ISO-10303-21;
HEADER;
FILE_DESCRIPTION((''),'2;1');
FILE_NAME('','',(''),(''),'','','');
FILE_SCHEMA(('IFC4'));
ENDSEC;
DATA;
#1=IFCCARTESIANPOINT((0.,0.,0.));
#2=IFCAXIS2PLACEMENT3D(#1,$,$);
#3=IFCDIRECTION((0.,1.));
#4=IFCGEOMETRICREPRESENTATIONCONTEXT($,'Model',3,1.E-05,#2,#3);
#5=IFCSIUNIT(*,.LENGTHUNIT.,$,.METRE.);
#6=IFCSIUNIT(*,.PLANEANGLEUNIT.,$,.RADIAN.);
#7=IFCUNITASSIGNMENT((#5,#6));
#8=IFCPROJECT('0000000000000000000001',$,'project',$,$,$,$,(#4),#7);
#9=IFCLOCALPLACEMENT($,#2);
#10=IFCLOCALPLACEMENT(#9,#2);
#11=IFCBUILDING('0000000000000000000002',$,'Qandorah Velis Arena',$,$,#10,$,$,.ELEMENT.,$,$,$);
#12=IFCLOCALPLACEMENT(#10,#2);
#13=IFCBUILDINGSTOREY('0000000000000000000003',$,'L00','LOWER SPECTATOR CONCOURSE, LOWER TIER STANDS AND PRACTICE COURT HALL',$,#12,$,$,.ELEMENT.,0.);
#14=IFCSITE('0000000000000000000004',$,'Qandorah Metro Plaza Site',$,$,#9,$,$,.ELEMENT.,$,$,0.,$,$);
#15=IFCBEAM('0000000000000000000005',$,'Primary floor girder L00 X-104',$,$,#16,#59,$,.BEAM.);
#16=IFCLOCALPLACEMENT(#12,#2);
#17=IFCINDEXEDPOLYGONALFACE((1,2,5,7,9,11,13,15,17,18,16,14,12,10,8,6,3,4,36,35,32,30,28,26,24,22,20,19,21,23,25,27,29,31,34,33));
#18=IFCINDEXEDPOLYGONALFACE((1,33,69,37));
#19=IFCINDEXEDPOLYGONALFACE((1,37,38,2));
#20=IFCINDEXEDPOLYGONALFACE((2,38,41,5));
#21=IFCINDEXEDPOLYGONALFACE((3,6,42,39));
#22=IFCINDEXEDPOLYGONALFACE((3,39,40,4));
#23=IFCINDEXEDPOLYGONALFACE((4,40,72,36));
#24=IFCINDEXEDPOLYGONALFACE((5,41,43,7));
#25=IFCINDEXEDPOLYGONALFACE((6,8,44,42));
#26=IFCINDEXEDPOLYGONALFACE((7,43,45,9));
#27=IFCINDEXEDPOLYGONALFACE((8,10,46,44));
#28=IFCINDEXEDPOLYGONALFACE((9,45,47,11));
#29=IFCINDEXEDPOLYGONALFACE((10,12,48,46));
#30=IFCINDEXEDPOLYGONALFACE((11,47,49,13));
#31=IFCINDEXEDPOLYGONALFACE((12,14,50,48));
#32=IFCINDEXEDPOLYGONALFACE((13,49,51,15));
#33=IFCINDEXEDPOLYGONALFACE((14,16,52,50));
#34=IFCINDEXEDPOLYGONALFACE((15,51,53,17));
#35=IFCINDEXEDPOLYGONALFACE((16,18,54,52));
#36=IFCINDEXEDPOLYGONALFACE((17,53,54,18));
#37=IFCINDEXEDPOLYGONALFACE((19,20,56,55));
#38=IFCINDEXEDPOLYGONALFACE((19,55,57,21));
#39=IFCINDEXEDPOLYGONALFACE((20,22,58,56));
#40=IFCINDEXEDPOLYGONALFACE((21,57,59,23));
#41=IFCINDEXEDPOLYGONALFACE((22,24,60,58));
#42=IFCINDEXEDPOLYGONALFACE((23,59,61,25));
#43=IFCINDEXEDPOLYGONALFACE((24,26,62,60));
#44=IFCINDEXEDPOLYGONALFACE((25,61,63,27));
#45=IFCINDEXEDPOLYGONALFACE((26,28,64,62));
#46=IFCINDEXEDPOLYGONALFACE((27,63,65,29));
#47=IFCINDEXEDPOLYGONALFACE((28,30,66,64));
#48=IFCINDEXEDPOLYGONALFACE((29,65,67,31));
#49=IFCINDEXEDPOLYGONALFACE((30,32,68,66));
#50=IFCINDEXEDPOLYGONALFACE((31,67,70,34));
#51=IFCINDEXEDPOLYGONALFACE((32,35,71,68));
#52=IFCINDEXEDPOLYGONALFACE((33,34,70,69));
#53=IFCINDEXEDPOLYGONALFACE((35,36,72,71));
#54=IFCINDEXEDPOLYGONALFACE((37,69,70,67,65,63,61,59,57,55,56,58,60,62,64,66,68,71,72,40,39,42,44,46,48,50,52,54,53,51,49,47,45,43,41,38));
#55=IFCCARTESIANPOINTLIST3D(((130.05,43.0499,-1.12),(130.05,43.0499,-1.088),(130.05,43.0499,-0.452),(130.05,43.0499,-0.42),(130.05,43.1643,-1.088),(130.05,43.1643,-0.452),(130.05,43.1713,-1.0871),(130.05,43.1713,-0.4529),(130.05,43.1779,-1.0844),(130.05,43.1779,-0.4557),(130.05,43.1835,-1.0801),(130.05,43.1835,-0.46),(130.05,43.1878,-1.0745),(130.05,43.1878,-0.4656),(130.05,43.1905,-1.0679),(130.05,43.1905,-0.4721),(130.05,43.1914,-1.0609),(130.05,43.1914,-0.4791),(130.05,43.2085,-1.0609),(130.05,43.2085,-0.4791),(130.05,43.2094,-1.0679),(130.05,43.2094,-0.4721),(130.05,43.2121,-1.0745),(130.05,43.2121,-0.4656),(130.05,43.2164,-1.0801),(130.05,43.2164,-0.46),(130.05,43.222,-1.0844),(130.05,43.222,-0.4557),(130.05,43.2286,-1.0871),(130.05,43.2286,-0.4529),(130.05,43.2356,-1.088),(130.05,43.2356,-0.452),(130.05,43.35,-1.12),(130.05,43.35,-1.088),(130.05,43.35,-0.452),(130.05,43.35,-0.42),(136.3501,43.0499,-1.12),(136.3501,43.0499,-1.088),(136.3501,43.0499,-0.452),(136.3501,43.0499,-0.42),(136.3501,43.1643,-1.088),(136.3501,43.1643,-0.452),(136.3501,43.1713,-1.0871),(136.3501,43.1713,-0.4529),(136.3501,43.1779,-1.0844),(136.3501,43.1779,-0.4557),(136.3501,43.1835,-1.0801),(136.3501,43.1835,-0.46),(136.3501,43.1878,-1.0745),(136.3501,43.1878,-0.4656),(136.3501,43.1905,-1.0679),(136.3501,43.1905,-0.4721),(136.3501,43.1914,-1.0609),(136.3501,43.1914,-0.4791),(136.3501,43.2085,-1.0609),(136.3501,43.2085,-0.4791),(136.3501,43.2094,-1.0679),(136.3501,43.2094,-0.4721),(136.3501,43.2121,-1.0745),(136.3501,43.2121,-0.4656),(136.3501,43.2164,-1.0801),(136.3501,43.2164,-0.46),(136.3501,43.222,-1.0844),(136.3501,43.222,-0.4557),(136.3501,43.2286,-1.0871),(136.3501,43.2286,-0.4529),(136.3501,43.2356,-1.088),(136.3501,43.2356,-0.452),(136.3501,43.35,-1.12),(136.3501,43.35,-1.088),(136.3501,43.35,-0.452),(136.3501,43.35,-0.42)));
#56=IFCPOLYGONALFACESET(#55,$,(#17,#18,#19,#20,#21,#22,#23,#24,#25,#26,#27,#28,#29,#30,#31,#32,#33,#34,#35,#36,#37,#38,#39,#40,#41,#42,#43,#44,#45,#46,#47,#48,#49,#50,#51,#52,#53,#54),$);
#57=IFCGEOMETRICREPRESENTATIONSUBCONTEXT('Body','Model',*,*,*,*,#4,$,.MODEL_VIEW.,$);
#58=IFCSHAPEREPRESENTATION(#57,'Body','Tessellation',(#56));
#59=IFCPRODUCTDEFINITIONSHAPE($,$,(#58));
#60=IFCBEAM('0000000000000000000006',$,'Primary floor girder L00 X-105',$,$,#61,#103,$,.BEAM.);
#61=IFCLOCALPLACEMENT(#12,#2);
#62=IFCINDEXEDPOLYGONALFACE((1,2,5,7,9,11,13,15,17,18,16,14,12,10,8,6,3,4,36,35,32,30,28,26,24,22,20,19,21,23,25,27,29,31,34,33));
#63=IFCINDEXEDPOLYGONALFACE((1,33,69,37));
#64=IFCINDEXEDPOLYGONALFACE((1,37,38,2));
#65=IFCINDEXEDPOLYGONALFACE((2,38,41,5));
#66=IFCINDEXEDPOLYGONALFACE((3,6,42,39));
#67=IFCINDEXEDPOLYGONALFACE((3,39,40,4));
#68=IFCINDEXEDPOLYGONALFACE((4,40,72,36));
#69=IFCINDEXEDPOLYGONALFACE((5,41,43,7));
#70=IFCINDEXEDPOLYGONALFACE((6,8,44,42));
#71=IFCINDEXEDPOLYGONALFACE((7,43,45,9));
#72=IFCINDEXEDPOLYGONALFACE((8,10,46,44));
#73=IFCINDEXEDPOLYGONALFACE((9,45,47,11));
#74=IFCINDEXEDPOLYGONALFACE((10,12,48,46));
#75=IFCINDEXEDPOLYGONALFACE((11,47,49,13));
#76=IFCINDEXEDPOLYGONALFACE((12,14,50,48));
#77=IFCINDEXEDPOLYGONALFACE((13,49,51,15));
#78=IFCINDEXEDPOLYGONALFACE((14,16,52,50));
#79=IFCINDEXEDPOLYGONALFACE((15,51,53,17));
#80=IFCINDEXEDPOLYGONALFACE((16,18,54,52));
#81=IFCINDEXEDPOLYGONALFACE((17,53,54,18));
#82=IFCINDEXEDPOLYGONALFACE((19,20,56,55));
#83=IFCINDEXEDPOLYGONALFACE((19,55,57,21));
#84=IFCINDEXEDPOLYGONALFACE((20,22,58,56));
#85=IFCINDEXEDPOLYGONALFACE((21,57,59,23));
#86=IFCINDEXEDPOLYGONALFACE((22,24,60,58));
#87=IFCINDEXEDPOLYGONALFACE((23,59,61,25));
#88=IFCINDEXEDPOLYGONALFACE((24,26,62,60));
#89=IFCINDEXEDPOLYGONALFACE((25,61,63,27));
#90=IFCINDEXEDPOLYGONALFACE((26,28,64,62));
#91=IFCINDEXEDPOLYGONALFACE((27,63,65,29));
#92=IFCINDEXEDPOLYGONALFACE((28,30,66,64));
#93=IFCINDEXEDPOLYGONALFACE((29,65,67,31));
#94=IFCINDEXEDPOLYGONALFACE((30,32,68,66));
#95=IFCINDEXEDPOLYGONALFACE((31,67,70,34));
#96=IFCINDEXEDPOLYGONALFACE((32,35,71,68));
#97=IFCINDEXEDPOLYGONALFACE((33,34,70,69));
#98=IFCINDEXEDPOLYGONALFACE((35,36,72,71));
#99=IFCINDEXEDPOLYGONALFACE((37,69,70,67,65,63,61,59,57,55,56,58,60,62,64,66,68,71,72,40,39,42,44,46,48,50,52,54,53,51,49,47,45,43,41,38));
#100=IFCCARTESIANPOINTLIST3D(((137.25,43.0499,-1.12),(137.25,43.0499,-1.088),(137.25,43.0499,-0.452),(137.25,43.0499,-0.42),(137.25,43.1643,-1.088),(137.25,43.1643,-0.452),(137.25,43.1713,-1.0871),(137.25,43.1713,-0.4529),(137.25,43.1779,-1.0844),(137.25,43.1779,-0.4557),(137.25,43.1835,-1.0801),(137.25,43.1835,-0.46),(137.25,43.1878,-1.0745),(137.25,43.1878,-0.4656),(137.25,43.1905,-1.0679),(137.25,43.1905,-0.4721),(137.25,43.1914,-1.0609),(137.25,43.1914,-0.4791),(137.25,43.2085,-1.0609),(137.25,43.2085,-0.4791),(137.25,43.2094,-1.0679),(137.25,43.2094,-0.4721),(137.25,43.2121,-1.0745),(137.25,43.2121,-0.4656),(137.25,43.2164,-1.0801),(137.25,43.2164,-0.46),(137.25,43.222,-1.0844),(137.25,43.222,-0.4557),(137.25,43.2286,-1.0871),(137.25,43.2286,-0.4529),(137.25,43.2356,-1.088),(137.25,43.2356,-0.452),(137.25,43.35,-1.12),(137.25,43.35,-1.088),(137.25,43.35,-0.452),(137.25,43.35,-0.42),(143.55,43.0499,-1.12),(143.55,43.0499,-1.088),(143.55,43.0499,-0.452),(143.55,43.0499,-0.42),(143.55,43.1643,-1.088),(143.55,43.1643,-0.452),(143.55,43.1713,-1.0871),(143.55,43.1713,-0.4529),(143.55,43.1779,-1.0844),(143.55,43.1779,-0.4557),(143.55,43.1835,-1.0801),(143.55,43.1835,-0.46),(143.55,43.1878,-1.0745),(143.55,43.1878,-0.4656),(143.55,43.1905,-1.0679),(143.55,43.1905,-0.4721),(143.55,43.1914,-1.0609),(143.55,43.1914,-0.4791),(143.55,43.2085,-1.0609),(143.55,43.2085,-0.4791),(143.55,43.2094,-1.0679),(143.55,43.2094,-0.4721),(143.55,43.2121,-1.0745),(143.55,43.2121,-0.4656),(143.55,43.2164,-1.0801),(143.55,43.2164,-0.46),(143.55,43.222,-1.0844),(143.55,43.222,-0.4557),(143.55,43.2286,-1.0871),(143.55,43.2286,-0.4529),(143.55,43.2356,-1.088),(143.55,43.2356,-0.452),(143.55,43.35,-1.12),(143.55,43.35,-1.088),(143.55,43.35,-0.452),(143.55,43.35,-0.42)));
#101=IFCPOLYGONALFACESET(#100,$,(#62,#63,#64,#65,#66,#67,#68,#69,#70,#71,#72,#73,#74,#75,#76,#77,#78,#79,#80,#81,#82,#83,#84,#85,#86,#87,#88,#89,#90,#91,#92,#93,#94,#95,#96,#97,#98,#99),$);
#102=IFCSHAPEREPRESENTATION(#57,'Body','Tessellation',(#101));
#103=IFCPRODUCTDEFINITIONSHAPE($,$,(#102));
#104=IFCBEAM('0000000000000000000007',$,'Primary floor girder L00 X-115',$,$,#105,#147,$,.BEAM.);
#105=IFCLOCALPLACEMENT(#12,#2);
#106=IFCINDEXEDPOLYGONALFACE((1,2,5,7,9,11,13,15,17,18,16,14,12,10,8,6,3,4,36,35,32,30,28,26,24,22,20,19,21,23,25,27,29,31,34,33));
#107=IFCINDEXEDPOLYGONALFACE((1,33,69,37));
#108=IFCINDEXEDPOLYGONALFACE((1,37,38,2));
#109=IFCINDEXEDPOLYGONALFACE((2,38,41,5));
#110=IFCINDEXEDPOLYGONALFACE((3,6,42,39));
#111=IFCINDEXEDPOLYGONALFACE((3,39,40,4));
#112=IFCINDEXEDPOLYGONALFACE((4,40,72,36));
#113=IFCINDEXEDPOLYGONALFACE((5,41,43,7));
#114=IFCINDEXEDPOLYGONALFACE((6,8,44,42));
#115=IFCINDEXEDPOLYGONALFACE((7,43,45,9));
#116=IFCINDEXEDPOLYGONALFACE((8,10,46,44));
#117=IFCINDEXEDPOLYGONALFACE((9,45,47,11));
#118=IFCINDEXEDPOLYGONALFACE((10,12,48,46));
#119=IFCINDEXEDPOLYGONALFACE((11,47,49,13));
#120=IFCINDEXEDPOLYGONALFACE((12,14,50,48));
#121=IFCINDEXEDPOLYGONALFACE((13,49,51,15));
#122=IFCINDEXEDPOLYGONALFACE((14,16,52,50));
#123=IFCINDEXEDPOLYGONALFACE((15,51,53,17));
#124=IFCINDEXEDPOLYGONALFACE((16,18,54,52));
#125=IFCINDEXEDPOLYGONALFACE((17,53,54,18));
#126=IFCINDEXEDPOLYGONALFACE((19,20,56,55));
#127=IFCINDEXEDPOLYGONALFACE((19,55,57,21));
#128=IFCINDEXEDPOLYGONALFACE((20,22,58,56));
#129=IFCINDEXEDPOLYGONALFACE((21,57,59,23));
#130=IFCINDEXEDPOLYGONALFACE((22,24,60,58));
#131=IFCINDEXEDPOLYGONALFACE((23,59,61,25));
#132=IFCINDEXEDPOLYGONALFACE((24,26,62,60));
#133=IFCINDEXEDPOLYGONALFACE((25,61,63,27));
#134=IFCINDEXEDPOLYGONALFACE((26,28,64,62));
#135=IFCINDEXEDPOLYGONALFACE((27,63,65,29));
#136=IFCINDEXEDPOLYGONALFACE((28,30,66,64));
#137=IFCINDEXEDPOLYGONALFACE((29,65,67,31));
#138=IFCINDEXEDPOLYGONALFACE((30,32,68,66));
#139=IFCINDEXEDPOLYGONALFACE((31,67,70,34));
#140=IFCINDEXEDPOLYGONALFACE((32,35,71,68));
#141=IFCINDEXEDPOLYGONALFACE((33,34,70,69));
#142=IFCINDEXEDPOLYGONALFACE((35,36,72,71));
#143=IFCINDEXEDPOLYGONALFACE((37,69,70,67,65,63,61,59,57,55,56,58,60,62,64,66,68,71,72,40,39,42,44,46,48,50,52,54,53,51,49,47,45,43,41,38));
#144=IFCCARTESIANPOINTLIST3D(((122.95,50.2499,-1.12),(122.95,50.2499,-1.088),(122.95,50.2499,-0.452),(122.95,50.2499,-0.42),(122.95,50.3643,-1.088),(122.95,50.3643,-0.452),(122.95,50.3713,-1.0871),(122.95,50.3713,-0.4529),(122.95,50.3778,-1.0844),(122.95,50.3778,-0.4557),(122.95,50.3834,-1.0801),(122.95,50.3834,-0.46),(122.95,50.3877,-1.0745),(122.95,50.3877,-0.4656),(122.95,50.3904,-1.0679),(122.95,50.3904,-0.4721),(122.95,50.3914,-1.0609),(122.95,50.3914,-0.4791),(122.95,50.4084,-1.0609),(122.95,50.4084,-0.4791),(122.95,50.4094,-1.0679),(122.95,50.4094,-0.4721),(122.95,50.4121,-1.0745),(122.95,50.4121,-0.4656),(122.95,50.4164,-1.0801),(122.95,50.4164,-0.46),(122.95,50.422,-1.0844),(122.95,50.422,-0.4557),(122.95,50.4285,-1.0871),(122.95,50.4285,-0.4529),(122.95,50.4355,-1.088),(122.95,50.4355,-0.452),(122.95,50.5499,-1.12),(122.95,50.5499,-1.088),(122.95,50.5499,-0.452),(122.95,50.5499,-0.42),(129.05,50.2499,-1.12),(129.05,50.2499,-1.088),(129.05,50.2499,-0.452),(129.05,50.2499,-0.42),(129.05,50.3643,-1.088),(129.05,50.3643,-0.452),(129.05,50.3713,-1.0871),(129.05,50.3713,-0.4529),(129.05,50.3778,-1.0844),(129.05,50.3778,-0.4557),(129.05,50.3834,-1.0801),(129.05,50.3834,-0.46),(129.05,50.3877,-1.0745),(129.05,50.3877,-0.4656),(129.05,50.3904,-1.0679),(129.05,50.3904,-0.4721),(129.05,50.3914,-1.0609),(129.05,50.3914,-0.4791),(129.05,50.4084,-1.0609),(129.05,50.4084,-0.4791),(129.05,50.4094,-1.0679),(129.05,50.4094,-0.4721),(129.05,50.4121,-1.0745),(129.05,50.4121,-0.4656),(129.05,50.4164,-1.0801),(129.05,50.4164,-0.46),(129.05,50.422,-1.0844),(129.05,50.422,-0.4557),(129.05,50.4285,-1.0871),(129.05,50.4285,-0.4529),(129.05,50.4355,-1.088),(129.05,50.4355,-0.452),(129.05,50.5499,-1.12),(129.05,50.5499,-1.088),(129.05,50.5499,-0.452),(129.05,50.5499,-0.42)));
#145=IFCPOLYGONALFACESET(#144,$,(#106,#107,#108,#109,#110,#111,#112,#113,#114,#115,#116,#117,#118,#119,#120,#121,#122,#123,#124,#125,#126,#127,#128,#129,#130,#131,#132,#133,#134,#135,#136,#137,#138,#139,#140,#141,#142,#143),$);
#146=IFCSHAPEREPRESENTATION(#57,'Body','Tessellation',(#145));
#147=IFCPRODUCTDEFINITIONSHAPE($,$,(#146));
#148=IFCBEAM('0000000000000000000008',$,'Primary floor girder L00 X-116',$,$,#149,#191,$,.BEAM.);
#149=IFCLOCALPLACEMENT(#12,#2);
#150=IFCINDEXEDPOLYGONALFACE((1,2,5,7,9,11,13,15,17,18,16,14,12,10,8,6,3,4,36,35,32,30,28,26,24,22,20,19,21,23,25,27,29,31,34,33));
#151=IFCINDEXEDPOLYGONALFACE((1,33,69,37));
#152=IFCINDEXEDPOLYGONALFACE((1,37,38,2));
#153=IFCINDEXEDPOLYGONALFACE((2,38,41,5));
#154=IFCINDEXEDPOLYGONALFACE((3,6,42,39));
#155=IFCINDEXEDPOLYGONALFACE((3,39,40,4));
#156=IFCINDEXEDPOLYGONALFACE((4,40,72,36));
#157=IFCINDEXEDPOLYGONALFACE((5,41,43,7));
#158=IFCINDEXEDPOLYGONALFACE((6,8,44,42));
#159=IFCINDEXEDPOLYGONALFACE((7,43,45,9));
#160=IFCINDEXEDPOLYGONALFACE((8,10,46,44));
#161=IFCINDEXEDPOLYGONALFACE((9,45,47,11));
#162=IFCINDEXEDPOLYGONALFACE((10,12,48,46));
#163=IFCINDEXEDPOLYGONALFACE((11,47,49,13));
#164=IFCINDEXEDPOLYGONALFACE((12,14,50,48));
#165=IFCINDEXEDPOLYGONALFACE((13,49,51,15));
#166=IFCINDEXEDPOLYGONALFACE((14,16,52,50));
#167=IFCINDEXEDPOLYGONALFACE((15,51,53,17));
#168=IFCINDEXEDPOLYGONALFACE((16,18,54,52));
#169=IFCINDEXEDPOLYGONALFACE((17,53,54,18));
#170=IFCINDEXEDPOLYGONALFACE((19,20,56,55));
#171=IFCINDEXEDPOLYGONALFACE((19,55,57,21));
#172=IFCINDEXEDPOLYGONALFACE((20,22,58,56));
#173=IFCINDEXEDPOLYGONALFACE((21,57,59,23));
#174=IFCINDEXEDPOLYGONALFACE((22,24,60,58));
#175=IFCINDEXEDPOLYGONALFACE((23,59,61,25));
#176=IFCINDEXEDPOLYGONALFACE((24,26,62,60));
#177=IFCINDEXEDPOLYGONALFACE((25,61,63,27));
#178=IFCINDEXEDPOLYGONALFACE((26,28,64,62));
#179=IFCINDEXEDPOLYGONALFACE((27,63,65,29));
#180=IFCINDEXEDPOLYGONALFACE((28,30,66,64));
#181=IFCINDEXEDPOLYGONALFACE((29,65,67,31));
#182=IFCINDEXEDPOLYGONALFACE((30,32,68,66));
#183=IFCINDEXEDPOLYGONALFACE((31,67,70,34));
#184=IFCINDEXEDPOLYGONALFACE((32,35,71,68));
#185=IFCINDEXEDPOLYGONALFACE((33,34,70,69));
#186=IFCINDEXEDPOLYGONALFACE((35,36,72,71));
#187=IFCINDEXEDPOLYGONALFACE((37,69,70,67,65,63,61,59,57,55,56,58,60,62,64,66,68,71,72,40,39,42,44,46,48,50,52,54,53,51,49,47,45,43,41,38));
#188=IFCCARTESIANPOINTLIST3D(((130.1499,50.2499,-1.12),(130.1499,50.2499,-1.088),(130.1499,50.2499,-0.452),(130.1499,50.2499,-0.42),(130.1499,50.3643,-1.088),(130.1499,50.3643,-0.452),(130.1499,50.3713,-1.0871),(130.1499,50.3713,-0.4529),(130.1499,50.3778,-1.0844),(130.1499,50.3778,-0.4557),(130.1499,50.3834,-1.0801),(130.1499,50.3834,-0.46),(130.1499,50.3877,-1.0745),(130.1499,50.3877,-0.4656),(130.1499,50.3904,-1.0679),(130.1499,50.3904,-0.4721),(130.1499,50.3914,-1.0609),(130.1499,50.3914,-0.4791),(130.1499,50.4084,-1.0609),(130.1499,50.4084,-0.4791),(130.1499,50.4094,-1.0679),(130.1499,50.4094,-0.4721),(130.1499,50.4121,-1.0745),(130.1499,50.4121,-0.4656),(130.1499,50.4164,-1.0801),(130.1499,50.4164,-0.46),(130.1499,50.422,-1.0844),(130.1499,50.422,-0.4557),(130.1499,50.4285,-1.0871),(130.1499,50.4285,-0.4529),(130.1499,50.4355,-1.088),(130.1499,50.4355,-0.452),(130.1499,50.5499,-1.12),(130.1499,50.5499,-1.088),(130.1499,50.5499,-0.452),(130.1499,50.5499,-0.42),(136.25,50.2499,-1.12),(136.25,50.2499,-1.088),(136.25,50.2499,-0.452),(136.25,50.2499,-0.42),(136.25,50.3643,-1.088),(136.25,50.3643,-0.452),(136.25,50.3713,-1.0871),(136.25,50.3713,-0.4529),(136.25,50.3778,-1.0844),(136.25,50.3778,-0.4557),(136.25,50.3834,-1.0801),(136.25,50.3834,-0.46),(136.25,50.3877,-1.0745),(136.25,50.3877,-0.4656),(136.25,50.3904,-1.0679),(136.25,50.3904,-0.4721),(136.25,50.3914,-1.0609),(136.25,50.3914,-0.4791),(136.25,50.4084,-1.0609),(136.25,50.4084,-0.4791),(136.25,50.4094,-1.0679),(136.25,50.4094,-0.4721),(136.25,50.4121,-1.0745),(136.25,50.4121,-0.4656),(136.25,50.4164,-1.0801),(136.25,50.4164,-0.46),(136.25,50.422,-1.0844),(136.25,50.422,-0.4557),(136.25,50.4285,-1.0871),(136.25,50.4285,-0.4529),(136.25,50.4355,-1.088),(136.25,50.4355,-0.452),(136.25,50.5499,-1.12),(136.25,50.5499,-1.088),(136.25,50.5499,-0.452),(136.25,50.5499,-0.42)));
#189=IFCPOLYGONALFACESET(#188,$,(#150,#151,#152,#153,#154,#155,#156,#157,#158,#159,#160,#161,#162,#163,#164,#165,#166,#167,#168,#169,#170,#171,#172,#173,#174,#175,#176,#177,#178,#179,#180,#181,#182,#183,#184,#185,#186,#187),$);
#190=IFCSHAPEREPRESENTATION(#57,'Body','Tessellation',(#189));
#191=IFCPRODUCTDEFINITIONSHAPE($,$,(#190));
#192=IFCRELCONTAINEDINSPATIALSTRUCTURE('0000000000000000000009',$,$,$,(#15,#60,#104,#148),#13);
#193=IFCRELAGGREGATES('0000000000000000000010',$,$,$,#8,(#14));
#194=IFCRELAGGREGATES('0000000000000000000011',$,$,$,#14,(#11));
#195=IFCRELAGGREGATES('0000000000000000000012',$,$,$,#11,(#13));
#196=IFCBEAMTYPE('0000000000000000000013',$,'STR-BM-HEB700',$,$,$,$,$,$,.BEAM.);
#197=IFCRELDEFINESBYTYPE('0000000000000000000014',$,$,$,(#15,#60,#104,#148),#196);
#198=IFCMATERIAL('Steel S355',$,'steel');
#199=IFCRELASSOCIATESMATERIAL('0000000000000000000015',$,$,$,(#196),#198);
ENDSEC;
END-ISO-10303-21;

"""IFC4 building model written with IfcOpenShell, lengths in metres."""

from ifc_helpers import new_model, si_unit, direction, frame, origin, origin_2d, place, context, subcontext, project, spatial, i_section, extrude, material, material_profile, profile_set, type_object, element, save


model = new_model("IFC4")

# Units and contexts
model_context = context("Model", 3, precision=1e-05, world=origin(), true_north=direction((0.0, 1.0)))
body_context = subcontext(model_context, "Body", "Model", "MODEL_VIEW")
ifc_project = project(units=[si_unit("LENGTHUNIT", "METRE"), si_unit("PLANEANGLEUNIT", "RADIAN")], contexts=[model_context])

# Site, building, storey
site_placement = place(None, origin())
site = spatial("IfcSite", under=ifc_project, at=site_placement, Name="Qandorah Metro Plaza Site", CompositionType="ELEMENT", RefElevation=0.0)
building_placement = place(site_placement, origin())
building = spatial("IfcBuilding", under=site, at=building_placement, Name="Qandorah Velis Arena", CompositionType="ELEMENT")
storey_placement = place(building_placement, origin())
storey = spatial("IfcBuildingStorey", under=building, at=storey_placement, Name="L00", Description="LOWER SPECTATOR CONCOURSE, LOWER TIER STANDS AND PRACTICE COURT HALL", CompositionType="ELEMENT", Elevation=0.0)

# Shared definitions
ifc_material_1 = material(Name="Steel S355", Category="steel")

# Beams
ifc_material_profile_1 = material_profile(ifc_material_1, i_section(OverallWidth=0.3, OverallDepth=0.7, WebThickness=0.0171, FlangeThickness=0.032, FilletRadius=0.0271, at=origin_2d()), Name="HEB 700")
ifc_profile_set_1 = profile_set([ifc_material_profile_1], Name="Steel S355")
beam_type_1 = type_object("IfcBeamType", Name="STR-BM-HEB700", PredefinedType="BEAM", material=ifc_profile_set_1)
for number, where, z_axis, x_axis, name in (
    (1, (130.05, 43.2, -0.77), (1.0, 0.0, 0.0), (0.0, 1.0, 0.0), "Primary floor girder L00 X-104"),
    (2, (137.25, 43.2, -0.77), (1.0, 0.0, 0.0), (0.0, 1.0, 0.0), "Primary floor girder L00 X-105"),
):
    element("IfcBeam", number, at=place(storey_placement, frame(where, z_axis=z_axis, x_axis=x_axis)), inside=storey, type_object=beam_type_1, Name=name, PredefinedType="BEAM", context=body_context, shape_type="SweptSolid", body=[
        extrude(i_section(OverallWidth=0.3, OverallDepth=0.7, WebThickness=0.0171, FlangeThickness=0.032, FilletRadius=0.0271, at=origin_2d()), origin(), (0.0, 0.0, 1.0), 6.3),
    ])
for number, where, z_axis, x_axis, name in (
    (3, (122.95, 50.3999, -0.77), (1.0, 0.0, 0.0), (0.0, 1.0, 0.0), "Primary floor girder L00 X-115"),
    (4, (130.1499, 50.3999, -0.77), (1.0, 0.0, 0.0), (0.0, 1.0, 0.0), "Primary floor girder L00 X-116"),
):
    element("IfcBeam", number, at=place(storey_placement, frame(where, z_axis=z_axis, x_axis=x_axis)), inside=storey, type_object=beam_type_1, Name=name, PredefinedType="BEAM", context=body_context, shape_type="SweptSolid", body=[
        extrude(i_section(OverallWidth=0.3, OverallDepth=0.7, WebThickness=0.0171, FlangeThickness=0.032, FilletRadius=0.0271, at=origin_2d()), origin(), (0.0, 0.0, 1.0), 6.1001),
    ])

save(model, "model.ifc")
